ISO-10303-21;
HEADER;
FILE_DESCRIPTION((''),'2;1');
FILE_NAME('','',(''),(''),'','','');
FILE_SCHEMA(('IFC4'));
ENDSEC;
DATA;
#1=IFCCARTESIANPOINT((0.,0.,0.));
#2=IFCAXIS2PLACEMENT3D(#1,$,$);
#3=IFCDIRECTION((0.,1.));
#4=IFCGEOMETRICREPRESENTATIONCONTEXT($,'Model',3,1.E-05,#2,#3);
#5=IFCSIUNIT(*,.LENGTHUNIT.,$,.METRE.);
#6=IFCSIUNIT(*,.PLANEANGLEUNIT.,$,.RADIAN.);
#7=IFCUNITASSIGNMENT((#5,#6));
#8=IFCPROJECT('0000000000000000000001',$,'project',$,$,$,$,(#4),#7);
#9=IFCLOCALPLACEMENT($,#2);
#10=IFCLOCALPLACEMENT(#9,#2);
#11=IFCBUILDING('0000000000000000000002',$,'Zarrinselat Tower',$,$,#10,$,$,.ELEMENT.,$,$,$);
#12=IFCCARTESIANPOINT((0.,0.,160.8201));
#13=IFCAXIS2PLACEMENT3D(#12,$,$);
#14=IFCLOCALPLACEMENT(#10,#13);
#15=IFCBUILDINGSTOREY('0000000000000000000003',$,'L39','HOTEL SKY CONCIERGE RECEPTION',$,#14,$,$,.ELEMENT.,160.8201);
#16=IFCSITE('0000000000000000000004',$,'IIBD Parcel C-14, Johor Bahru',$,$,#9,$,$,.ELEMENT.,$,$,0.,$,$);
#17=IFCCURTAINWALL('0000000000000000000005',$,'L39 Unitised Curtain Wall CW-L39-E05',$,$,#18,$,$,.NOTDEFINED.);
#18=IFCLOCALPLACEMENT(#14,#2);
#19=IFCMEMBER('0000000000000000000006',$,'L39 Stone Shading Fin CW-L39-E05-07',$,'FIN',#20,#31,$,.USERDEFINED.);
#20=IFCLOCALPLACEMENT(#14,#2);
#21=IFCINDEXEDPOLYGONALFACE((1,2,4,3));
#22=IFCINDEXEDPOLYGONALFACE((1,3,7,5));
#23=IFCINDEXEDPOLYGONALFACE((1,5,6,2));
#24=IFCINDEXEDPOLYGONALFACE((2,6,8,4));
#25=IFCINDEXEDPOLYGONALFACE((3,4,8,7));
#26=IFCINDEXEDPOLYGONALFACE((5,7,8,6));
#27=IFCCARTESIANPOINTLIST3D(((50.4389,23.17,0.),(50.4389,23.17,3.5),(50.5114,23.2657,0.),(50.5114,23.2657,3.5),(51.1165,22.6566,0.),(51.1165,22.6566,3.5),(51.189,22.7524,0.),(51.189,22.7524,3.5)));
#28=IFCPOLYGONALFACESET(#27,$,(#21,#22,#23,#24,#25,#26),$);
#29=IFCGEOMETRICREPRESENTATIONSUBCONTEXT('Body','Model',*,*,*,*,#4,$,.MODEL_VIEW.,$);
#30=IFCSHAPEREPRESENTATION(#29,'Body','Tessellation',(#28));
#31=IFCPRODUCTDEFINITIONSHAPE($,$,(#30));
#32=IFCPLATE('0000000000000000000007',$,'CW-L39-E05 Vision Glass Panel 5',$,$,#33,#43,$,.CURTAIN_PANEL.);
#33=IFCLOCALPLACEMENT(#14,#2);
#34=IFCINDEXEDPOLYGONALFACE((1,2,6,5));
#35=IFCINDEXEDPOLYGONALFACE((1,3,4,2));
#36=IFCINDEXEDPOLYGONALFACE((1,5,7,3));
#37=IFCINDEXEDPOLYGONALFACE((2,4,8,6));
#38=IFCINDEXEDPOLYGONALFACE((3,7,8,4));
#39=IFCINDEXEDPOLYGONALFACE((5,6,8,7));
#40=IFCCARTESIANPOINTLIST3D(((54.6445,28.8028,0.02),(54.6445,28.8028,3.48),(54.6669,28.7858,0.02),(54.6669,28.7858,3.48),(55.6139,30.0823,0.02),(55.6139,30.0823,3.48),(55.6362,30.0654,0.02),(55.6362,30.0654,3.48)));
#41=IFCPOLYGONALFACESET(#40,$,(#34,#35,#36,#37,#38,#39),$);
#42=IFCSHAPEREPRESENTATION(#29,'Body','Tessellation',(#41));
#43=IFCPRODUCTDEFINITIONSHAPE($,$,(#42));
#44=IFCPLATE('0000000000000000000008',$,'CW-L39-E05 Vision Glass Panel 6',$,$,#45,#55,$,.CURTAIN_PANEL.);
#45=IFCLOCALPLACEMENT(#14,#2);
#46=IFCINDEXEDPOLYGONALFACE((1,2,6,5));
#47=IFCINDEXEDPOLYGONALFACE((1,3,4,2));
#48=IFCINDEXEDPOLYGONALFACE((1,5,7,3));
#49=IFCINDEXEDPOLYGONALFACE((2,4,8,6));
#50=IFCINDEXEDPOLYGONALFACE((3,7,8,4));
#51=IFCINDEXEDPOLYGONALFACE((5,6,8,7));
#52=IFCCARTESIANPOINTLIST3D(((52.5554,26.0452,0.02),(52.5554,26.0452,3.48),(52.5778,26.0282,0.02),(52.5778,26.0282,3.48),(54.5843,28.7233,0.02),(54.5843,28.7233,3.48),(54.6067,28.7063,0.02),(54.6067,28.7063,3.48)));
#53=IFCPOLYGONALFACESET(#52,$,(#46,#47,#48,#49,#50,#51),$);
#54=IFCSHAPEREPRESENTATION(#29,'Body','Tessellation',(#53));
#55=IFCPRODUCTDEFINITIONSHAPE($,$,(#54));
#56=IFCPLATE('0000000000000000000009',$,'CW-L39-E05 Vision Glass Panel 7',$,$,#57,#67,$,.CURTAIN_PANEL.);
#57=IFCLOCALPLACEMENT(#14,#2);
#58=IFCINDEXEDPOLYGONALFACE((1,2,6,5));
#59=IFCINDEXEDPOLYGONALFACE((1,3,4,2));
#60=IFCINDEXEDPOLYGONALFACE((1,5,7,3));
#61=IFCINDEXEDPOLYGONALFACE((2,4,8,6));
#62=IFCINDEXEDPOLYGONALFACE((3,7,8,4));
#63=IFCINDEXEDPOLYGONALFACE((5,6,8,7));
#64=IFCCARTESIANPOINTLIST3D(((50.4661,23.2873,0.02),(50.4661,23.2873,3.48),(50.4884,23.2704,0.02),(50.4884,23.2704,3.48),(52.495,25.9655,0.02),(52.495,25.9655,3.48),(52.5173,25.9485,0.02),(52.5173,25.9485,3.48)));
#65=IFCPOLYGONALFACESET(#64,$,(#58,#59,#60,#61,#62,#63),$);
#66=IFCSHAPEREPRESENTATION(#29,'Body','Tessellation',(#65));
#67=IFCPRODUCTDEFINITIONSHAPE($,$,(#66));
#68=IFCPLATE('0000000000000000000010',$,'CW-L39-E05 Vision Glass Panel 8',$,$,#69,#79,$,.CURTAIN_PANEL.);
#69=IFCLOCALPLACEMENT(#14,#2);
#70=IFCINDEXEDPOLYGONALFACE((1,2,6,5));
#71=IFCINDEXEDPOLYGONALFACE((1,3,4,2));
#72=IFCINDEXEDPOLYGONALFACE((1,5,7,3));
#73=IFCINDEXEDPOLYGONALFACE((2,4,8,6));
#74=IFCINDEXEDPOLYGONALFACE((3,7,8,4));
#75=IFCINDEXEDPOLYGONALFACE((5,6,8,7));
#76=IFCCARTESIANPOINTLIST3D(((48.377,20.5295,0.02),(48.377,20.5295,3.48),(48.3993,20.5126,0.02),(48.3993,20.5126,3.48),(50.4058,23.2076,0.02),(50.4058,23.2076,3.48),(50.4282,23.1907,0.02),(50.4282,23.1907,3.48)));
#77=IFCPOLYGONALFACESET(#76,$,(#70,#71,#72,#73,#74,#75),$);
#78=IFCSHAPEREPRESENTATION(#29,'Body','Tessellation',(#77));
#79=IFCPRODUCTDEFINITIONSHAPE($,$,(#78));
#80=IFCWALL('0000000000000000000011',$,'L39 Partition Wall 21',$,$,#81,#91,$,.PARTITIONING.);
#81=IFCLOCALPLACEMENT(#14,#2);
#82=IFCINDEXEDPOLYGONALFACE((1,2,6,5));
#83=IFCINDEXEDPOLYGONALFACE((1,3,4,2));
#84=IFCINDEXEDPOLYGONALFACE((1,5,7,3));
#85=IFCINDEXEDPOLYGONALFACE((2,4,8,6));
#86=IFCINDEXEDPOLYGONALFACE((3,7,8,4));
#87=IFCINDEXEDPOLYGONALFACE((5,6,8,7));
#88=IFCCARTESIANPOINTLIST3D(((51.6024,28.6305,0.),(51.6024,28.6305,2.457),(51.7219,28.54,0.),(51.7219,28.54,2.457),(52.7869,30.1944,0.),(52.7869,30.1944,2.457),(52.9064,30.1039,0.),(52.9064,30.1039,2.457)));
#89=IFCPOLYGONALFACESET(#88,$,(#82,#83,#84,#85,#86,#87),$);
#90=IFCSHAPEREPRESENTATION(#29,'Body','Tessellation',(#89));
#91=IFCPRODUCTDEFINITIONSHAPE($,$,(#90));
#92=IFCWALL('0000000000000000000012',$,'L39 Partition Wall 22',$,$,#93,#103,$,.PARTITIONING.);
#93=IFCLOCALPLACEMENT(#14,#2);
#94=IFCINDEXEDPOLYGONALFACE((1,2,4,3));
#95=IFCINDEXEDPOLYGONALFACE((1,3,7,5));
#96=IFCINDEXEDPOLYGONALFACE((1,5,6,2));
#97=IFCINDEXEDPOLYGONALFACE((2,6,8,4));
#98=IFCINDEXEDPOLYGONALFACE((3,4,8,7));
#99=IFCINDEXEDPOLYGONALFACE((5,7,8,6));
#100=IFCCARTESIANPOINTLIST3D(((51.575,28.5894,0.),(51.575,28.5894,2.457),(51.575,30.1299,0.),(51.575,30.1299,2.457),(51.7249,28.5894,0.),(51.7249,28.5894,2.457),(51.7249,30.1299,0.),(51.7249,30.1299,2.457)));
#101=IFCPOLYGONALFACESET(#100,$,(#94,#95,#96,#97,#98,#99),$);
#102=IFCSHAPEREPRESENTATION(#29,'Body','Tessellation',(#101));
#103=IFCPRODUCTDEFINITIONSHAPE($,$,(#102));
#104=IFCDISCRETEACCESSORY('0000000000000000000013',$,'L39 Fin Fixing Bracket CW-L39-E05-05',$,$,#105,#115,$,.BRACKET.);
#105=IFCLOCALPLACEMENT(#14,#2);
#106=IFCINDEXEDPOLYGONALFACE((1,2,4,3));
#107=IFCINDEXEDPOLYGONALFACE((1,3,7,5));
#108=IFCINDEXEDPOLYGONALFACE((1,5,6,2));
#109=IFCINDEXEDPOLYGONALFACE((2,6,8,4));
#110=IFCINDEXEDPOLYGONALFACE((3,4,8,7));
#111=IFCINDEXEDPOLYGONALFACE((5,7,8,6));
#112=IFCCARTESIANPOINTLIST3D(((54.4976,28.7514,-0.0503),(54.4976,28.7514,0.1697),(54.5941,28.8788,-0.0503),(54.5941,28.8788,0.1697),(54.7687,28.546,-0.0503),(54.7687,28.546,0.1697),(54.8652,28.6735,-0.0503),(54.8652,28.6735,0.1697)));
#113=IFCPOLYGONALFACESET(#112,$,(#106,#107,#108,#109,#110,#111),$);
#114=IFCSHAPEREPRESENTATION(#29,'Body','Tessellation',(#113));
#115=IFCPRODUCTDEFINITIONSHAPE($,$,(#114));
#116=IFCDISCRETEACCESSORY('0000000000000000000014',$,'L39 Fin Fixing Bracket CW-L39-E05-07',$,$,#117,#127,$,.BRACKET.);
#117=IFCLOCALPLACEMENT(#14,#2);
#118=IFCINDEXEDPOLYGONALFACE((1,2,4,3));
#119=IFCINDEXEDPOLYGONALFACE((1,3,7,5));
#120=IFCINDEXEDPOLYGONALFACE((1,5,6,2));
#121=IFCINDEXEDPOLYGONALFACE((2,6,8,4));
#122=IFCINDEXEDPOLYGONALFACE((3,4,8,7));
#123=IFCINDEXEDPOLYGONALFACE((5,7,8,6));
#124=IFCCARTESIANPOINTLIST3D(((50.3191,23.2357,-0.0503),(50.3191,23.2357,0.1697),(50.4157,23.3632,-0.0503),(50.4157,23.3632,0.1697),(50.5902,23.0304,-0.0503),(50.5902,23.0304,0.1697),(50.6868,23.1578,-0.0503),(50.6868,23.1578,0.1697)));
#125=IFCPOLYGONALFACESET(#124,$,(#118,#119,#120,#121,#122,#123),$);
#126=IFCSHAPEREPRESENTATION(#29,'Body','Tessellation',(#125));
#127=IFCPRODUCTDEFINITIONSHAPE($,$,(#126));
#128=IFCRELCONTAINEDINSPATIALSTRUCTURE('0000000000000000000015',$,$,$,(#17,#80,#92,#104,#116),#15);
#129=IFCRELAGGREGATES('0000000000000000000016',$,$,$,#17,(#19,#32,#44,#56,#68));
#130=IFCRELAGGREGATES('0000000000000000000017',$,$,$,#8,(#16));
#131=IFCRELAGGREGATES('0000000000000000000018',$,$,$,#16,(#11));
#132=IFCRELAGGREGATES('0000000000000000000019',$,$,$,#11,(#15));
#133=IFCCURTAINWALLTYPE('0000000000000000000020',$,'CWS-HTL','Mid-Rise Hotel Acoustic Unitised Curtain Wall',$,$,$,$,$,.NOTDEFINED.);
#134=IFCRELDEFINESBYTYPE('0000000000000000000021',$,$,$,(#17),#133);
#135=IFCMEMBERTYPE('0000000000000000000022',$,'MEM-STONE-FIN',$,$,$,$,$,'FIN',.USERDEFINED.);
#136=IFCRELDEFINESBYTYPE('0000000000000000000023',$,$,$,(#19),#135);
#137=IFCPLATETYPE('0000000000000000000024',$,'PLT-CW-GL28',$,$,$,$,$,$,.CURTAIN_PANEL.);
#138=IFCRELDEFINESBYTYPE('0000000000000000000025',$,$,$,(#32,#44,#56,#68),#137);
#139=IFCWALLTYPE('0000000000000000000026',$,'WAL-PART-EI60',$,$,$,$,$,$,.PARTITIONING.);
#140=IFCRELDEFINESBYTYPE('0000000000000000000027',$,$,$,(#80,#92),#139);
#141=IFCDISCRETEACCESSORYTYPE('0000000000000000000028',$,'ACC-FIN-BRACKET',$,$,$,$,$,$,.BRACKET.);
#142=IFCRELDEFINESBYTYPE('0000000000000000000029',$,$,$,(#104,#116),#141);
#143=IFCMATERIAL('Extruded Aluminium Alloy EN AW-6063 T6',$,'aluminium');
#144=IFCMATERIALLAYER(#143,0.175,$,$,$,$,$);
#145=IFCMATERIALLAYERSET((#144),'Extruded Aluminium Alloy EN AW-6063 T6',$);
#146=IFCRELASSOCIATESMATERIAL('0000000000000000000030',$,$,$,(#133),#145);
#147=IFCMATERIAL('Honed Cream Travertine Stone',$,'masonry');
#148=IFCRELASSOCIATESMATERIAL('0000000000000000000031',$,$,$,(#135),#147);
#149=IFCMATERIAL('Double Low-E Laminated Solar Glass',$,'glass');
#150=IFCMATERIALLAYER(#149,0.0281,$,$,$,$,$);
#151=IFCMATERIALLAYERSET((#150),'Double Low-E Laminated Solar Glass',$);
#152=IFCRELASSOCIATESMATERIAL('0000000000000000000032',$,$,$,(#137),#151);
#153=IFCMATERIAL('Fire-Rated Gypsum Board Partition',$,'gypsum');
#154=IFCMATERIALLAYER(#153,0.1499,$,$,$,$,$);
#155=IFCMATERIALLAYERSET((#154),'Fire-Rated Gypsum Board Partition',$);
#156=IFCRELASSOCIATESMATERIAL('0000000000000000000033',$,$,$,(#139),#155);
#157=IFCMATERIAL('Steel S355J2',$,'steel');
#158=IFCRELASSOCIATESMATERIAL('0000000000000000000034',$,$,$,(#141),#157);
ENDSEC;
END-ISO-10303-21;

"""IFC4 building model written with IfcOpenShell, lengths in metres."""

from ifc_helpers import new_model, si_unit, direction, frame, frame_2d, origin, origin_2d, place, context, subcontext, project, spatial, rectangle, extrude, material, layer, layer_set, material_profile, profile_set, type_object, element, aggregate, save


model = new_model("IFC4")

# Units and contexts
model_context = context("Model", 3, precision=1e-05, world=origin(), true_north=direction((0.0, 1.0)))
body_context = subcontext(model_context, "Body", "Model", "MODEL_VIEW")
ifc_project = project(units=[si_unit("LENGTHUNIT", "METRE"), si_unit("PLANEANGLEUNIT", "RADIAN")], contexts=[model_context])

# Site, building, storey
site_placement = place(None, origin())
site = spatial("IfcSite", under=ifc_project, at=site_placement, Name="IIBD Parcel C-14, Johor Bahru", CompositionType="ELEMENT", RefElevation=0.0)
building_placement = place(site_placement, origin())
building = spatial("IfcBuilding", under=site, at=building_placement, Name="Zarrinselat Tower", CompositionType="ELEMENT")
storey_placement = place(building_placement, frame((0.0, 0.0, 160.8201)))
storey = spatial("IfcBuildingStorey", under=building, at=storey_placement, Name="L39", Description="HOTEL SKY CONCIERGE RECEPTION", CompositionType="ELEMENT", Elevation=160.8201)

# Curtain wall, member, plates
ifc_material_1 = material(Name="Extruded Aluminium Alloy EN AW-6063 T6", Category="aluminium")
ifc_layer_1 = layer(ifc_material_1, 0.175)
ifc_layer_set_1 = layer_set([ifc_layer_1], Name="Extruded Aluminium Alloy EN AW-6063 T6")
curtain_wall_type = type_object("IfcCurtainWallType", Name="CWS-HTL", Description="Mid-Rise Hotel Acoustic Unitised Curtain Wall", PredefinedType="NOTDEFINED", material=ifc_layer_set_1)
curtain_wall_placement = place(storey_placement, origin())
curtain_wall = element("IfcCurtainWall", 1, at=curtain_wall_placement, inside=storey, type_object=curtain_wall_type, Name="L39 Unitised Curtain Wall CW-L39-E05", PredefinedType="NOTDEFINED")
ifc_material_2 = material(Name="Honed Cream Travertine Stone", Category="masonry")
ifc_material_profile_1 = material_profile(ifc_material_2, rectangle(XDim=0.1201, YDim=0.8501, at=origin_2d()), Name="FIN 850x120")
ifc_profile_set_1 = profile_set([ifc_material_profile_1], Name="Honed Cream Travertine Stone")
member_type_1 = type_object("IfcMemberType", Name="MEM-STONE-FIN", ElementType="FIN", PredefinedType="USERDEFINED", material=ifc_profile_set_1)
member_1_placement = place(storey_placement, frame((50.814, 22.9612, 0.0), z_axis=(0.0, 0.0, 1.0), x_axis=(-0.603859, -0.797092, 0.0)))
member_1 = element("IfcMember", 2, at=member_1_placement, type_object=member_type_1, Name="L39 Stone Shading Fin CW-L39-E05-07", ObjectType="FIN", PredefinedType="USERDEFINED", context=body_context, shape_type="SweptSolid", body=[
    extrude(rectangle(XDim=0.1201, YDim=0.8501, at=origin_2d()), origin(), (0.0, 0.0, 1.0), 3.5),
])
ifc_material_3 = material(Name="Double Low-E Laminated Solar Glass", Category="glass")
ifc_layer_2 = layer(ifc_material_3, 0.0281)
ifc_layer_set_2 = layer_set([ifc_layer_2], Name="Double Low-E Laminated Solar Glass")
plate_type = type_object("IfcPlateType", Name="PLT-CW-GL28", PredefinedType="CURTAIN_PANEL", material=ifc_layer_set_2)
plate_1_placement = place(storey_placement, frame((55.1404, 29.4341, 0.02), z_axis=(0.0, 0.0, 1.0), x_axis=(-0.603859, -0.797092, 0.0)))
plate_1 = element("IfcPlate", 3, at=plate_1_placement, type_object=plate_type, Name="CW-L39-E05 Vision Glass Panel 5", PredefinedType="CURTAIN_PANEL", context=body_context, shape_type="SweptSolid", body=[
    extrude(rectangle(XDim=1.6052, YDim=0.0281, at=origin_2d()), origin(), (0.0, 0.0, 1.0), 3.46),
])
plate_2_placement = place(storey_placement, frame((53.5811, 27.3757, 0.02), z_axis=(0.0, 0.0, 1.0), x_axis=(-0.603859, -0.797092, 0.0)))
plate_2 = element("IfcPlate", 4, at=plate_2_placement, type_object=plate_type, Name="CW-L39-E05 Vision Glass Panel 6", PredefinedType="CURTAIN_PANEL", context=body_context, shape_type="SweptSolid", body=[
    extrude(rectangle(XDim=3.3599, YDim=0.0281, at=origin_2d()), origin(), (0.0, 0.0, 1.0), 3.46),
])
plate_3_placement = place(storey_placement, frame((51.4917, 24.6179, 0.02), z_axis=(0.0, 0.0, 1.0), x_axis=(-0.603859, -0.797092, 0.0)))
plate_3 = element("IfcPlate", 5, at=plate_3_placement, type_object=plate_type, Name="CW-L39-E05 Vision Glass Panel 7", PredefinedType="CURTAIN_PANEL", context=body_context, shape_type="SweptSolid", body=[
    extrude(rectangle(XDim=3.3599, YDim=0.0281, at=origin_2d()), origin(), (0.0, 0.0, 1.0), 3.46),
])
plate_4_placement = place(storey_placement, frame((49.4026, 21.8601, 0.02), z_axis=(0.0, 0.0, 1.0), x_axis=(-0.603859, -0.797092, 0.0)))
plate_4 = element("IfcPlate", 6, at=plate_4_placement, type_object=plate_type, Name="CW-L39-E05 Vision Glass Panel 8", PredefinedType="CURTAIN_PANEL", context=body_context, shape_type="SweptSolid", body=[
    extrude(rectangle(XDim=3.3599, YDim=0.0281, at=origin_2d()), origin(), (0.0, 0.0, 1.0), 3.46),
])
aggregate(curtain_wall, [member_1, plate_1, plate_2, plate_3, plate_4])

# Walls
ifc_material_4 = material(Name="Fire-Rated Gypsum Board Partition", Category="gypsum")
ifc_layer_3 = layer(ifc_material_4, 0.1499)
ifc_layer_set_3 = layer_set([ifc_layer_3], Name="Fire-Rated Gypsum Board Partition")
wall_type = type_object("IfcWallType", Name="WAL-PART-EI60", PredefinedType="PARTITIONING", material=ifc_layer_set_3)
wall_1_placement = place(storey_placement, frame((51.6621, 28.5852, 0.0), z_axis=(0.0, 0.0, 1.0), x_axis=(0.603776, 0.797154, 0.0)))
element("IfcWall", 7, at=wall_1_placement, inside=storey, type_object=wall_type, Name="L39 Partition Wall 21", PredefinedType="PARTITIONING", context=body_context, shape_type="SweptSolid", body=[
    extrude(rectangle(XDim=1.9619, YDim=0.1499, at=frame_2d((0.981, 0.0))), origin(), (0.0, 0.0, 1.0), 2.457),
])
wall_2_placement = place(storey_placement, frame((51.6499, 28.5894, 0.0), z_axis=(0.0, 0.0, 1.0), x_axis=(0.0, 1.0, 0.0)))
element("IfcWall", 8, at=wall_2_placement, inside=storey, type_object=wall_type, Name="L39 Partition Wall 22", PredefinedType="PARTITIONING", context=body_context, shape_type="SweptSolid", body=[
    extrude(rectangle(XDim=1.5405, YDim=0.1499, at=frame_2d((0.7703, 0.0))), origin(), (0.0, 0.0, 1.0), 2.457),
])

# Discrete accessories
ifc_material_5 = material(Name="Steel S355J2", Category="steel")
discrete_accessory_type = type_object("IfcDiscreteAccessoryType", Name="ACC-FIN-BRACKET", PredefinedType="BRACKET", material=ifc_material_5)
for number, where, z_axis, x_axis, name in (
    (9, (54.6814, 28.7124, -0.0503), (0.0, 0.0, 1.0), (0.797092, -0.603859, 0.0), "L39 Fin Fixing Bracket CW-L39-E05-05"),
    (10, (50.5029, 23.1968, -0.0503), (0.0, 0.0, 1.0), (0.797092, -0.603859, 0.0), "L39 Fin Fixing Bracket CW-L39-E05-07"),
):
    element("IfcDiscreteAccessory", number, at=place(storey_placement, frame(where, z_axis=z_axis, x_axis=x_axis)), inside=storey, type_object=discrete_accessory_type, Name=name, PredefinedType="BRACKET", context=body_context, shape_type="SweptSolid", body=[
        extrude(rectangle(XDim=0.3401, YDim=0.1599, at=origin_2d()), origin(), (0.0, 0.0, 1.0), 0.22),
    ])

save(model, "model.ifc")
